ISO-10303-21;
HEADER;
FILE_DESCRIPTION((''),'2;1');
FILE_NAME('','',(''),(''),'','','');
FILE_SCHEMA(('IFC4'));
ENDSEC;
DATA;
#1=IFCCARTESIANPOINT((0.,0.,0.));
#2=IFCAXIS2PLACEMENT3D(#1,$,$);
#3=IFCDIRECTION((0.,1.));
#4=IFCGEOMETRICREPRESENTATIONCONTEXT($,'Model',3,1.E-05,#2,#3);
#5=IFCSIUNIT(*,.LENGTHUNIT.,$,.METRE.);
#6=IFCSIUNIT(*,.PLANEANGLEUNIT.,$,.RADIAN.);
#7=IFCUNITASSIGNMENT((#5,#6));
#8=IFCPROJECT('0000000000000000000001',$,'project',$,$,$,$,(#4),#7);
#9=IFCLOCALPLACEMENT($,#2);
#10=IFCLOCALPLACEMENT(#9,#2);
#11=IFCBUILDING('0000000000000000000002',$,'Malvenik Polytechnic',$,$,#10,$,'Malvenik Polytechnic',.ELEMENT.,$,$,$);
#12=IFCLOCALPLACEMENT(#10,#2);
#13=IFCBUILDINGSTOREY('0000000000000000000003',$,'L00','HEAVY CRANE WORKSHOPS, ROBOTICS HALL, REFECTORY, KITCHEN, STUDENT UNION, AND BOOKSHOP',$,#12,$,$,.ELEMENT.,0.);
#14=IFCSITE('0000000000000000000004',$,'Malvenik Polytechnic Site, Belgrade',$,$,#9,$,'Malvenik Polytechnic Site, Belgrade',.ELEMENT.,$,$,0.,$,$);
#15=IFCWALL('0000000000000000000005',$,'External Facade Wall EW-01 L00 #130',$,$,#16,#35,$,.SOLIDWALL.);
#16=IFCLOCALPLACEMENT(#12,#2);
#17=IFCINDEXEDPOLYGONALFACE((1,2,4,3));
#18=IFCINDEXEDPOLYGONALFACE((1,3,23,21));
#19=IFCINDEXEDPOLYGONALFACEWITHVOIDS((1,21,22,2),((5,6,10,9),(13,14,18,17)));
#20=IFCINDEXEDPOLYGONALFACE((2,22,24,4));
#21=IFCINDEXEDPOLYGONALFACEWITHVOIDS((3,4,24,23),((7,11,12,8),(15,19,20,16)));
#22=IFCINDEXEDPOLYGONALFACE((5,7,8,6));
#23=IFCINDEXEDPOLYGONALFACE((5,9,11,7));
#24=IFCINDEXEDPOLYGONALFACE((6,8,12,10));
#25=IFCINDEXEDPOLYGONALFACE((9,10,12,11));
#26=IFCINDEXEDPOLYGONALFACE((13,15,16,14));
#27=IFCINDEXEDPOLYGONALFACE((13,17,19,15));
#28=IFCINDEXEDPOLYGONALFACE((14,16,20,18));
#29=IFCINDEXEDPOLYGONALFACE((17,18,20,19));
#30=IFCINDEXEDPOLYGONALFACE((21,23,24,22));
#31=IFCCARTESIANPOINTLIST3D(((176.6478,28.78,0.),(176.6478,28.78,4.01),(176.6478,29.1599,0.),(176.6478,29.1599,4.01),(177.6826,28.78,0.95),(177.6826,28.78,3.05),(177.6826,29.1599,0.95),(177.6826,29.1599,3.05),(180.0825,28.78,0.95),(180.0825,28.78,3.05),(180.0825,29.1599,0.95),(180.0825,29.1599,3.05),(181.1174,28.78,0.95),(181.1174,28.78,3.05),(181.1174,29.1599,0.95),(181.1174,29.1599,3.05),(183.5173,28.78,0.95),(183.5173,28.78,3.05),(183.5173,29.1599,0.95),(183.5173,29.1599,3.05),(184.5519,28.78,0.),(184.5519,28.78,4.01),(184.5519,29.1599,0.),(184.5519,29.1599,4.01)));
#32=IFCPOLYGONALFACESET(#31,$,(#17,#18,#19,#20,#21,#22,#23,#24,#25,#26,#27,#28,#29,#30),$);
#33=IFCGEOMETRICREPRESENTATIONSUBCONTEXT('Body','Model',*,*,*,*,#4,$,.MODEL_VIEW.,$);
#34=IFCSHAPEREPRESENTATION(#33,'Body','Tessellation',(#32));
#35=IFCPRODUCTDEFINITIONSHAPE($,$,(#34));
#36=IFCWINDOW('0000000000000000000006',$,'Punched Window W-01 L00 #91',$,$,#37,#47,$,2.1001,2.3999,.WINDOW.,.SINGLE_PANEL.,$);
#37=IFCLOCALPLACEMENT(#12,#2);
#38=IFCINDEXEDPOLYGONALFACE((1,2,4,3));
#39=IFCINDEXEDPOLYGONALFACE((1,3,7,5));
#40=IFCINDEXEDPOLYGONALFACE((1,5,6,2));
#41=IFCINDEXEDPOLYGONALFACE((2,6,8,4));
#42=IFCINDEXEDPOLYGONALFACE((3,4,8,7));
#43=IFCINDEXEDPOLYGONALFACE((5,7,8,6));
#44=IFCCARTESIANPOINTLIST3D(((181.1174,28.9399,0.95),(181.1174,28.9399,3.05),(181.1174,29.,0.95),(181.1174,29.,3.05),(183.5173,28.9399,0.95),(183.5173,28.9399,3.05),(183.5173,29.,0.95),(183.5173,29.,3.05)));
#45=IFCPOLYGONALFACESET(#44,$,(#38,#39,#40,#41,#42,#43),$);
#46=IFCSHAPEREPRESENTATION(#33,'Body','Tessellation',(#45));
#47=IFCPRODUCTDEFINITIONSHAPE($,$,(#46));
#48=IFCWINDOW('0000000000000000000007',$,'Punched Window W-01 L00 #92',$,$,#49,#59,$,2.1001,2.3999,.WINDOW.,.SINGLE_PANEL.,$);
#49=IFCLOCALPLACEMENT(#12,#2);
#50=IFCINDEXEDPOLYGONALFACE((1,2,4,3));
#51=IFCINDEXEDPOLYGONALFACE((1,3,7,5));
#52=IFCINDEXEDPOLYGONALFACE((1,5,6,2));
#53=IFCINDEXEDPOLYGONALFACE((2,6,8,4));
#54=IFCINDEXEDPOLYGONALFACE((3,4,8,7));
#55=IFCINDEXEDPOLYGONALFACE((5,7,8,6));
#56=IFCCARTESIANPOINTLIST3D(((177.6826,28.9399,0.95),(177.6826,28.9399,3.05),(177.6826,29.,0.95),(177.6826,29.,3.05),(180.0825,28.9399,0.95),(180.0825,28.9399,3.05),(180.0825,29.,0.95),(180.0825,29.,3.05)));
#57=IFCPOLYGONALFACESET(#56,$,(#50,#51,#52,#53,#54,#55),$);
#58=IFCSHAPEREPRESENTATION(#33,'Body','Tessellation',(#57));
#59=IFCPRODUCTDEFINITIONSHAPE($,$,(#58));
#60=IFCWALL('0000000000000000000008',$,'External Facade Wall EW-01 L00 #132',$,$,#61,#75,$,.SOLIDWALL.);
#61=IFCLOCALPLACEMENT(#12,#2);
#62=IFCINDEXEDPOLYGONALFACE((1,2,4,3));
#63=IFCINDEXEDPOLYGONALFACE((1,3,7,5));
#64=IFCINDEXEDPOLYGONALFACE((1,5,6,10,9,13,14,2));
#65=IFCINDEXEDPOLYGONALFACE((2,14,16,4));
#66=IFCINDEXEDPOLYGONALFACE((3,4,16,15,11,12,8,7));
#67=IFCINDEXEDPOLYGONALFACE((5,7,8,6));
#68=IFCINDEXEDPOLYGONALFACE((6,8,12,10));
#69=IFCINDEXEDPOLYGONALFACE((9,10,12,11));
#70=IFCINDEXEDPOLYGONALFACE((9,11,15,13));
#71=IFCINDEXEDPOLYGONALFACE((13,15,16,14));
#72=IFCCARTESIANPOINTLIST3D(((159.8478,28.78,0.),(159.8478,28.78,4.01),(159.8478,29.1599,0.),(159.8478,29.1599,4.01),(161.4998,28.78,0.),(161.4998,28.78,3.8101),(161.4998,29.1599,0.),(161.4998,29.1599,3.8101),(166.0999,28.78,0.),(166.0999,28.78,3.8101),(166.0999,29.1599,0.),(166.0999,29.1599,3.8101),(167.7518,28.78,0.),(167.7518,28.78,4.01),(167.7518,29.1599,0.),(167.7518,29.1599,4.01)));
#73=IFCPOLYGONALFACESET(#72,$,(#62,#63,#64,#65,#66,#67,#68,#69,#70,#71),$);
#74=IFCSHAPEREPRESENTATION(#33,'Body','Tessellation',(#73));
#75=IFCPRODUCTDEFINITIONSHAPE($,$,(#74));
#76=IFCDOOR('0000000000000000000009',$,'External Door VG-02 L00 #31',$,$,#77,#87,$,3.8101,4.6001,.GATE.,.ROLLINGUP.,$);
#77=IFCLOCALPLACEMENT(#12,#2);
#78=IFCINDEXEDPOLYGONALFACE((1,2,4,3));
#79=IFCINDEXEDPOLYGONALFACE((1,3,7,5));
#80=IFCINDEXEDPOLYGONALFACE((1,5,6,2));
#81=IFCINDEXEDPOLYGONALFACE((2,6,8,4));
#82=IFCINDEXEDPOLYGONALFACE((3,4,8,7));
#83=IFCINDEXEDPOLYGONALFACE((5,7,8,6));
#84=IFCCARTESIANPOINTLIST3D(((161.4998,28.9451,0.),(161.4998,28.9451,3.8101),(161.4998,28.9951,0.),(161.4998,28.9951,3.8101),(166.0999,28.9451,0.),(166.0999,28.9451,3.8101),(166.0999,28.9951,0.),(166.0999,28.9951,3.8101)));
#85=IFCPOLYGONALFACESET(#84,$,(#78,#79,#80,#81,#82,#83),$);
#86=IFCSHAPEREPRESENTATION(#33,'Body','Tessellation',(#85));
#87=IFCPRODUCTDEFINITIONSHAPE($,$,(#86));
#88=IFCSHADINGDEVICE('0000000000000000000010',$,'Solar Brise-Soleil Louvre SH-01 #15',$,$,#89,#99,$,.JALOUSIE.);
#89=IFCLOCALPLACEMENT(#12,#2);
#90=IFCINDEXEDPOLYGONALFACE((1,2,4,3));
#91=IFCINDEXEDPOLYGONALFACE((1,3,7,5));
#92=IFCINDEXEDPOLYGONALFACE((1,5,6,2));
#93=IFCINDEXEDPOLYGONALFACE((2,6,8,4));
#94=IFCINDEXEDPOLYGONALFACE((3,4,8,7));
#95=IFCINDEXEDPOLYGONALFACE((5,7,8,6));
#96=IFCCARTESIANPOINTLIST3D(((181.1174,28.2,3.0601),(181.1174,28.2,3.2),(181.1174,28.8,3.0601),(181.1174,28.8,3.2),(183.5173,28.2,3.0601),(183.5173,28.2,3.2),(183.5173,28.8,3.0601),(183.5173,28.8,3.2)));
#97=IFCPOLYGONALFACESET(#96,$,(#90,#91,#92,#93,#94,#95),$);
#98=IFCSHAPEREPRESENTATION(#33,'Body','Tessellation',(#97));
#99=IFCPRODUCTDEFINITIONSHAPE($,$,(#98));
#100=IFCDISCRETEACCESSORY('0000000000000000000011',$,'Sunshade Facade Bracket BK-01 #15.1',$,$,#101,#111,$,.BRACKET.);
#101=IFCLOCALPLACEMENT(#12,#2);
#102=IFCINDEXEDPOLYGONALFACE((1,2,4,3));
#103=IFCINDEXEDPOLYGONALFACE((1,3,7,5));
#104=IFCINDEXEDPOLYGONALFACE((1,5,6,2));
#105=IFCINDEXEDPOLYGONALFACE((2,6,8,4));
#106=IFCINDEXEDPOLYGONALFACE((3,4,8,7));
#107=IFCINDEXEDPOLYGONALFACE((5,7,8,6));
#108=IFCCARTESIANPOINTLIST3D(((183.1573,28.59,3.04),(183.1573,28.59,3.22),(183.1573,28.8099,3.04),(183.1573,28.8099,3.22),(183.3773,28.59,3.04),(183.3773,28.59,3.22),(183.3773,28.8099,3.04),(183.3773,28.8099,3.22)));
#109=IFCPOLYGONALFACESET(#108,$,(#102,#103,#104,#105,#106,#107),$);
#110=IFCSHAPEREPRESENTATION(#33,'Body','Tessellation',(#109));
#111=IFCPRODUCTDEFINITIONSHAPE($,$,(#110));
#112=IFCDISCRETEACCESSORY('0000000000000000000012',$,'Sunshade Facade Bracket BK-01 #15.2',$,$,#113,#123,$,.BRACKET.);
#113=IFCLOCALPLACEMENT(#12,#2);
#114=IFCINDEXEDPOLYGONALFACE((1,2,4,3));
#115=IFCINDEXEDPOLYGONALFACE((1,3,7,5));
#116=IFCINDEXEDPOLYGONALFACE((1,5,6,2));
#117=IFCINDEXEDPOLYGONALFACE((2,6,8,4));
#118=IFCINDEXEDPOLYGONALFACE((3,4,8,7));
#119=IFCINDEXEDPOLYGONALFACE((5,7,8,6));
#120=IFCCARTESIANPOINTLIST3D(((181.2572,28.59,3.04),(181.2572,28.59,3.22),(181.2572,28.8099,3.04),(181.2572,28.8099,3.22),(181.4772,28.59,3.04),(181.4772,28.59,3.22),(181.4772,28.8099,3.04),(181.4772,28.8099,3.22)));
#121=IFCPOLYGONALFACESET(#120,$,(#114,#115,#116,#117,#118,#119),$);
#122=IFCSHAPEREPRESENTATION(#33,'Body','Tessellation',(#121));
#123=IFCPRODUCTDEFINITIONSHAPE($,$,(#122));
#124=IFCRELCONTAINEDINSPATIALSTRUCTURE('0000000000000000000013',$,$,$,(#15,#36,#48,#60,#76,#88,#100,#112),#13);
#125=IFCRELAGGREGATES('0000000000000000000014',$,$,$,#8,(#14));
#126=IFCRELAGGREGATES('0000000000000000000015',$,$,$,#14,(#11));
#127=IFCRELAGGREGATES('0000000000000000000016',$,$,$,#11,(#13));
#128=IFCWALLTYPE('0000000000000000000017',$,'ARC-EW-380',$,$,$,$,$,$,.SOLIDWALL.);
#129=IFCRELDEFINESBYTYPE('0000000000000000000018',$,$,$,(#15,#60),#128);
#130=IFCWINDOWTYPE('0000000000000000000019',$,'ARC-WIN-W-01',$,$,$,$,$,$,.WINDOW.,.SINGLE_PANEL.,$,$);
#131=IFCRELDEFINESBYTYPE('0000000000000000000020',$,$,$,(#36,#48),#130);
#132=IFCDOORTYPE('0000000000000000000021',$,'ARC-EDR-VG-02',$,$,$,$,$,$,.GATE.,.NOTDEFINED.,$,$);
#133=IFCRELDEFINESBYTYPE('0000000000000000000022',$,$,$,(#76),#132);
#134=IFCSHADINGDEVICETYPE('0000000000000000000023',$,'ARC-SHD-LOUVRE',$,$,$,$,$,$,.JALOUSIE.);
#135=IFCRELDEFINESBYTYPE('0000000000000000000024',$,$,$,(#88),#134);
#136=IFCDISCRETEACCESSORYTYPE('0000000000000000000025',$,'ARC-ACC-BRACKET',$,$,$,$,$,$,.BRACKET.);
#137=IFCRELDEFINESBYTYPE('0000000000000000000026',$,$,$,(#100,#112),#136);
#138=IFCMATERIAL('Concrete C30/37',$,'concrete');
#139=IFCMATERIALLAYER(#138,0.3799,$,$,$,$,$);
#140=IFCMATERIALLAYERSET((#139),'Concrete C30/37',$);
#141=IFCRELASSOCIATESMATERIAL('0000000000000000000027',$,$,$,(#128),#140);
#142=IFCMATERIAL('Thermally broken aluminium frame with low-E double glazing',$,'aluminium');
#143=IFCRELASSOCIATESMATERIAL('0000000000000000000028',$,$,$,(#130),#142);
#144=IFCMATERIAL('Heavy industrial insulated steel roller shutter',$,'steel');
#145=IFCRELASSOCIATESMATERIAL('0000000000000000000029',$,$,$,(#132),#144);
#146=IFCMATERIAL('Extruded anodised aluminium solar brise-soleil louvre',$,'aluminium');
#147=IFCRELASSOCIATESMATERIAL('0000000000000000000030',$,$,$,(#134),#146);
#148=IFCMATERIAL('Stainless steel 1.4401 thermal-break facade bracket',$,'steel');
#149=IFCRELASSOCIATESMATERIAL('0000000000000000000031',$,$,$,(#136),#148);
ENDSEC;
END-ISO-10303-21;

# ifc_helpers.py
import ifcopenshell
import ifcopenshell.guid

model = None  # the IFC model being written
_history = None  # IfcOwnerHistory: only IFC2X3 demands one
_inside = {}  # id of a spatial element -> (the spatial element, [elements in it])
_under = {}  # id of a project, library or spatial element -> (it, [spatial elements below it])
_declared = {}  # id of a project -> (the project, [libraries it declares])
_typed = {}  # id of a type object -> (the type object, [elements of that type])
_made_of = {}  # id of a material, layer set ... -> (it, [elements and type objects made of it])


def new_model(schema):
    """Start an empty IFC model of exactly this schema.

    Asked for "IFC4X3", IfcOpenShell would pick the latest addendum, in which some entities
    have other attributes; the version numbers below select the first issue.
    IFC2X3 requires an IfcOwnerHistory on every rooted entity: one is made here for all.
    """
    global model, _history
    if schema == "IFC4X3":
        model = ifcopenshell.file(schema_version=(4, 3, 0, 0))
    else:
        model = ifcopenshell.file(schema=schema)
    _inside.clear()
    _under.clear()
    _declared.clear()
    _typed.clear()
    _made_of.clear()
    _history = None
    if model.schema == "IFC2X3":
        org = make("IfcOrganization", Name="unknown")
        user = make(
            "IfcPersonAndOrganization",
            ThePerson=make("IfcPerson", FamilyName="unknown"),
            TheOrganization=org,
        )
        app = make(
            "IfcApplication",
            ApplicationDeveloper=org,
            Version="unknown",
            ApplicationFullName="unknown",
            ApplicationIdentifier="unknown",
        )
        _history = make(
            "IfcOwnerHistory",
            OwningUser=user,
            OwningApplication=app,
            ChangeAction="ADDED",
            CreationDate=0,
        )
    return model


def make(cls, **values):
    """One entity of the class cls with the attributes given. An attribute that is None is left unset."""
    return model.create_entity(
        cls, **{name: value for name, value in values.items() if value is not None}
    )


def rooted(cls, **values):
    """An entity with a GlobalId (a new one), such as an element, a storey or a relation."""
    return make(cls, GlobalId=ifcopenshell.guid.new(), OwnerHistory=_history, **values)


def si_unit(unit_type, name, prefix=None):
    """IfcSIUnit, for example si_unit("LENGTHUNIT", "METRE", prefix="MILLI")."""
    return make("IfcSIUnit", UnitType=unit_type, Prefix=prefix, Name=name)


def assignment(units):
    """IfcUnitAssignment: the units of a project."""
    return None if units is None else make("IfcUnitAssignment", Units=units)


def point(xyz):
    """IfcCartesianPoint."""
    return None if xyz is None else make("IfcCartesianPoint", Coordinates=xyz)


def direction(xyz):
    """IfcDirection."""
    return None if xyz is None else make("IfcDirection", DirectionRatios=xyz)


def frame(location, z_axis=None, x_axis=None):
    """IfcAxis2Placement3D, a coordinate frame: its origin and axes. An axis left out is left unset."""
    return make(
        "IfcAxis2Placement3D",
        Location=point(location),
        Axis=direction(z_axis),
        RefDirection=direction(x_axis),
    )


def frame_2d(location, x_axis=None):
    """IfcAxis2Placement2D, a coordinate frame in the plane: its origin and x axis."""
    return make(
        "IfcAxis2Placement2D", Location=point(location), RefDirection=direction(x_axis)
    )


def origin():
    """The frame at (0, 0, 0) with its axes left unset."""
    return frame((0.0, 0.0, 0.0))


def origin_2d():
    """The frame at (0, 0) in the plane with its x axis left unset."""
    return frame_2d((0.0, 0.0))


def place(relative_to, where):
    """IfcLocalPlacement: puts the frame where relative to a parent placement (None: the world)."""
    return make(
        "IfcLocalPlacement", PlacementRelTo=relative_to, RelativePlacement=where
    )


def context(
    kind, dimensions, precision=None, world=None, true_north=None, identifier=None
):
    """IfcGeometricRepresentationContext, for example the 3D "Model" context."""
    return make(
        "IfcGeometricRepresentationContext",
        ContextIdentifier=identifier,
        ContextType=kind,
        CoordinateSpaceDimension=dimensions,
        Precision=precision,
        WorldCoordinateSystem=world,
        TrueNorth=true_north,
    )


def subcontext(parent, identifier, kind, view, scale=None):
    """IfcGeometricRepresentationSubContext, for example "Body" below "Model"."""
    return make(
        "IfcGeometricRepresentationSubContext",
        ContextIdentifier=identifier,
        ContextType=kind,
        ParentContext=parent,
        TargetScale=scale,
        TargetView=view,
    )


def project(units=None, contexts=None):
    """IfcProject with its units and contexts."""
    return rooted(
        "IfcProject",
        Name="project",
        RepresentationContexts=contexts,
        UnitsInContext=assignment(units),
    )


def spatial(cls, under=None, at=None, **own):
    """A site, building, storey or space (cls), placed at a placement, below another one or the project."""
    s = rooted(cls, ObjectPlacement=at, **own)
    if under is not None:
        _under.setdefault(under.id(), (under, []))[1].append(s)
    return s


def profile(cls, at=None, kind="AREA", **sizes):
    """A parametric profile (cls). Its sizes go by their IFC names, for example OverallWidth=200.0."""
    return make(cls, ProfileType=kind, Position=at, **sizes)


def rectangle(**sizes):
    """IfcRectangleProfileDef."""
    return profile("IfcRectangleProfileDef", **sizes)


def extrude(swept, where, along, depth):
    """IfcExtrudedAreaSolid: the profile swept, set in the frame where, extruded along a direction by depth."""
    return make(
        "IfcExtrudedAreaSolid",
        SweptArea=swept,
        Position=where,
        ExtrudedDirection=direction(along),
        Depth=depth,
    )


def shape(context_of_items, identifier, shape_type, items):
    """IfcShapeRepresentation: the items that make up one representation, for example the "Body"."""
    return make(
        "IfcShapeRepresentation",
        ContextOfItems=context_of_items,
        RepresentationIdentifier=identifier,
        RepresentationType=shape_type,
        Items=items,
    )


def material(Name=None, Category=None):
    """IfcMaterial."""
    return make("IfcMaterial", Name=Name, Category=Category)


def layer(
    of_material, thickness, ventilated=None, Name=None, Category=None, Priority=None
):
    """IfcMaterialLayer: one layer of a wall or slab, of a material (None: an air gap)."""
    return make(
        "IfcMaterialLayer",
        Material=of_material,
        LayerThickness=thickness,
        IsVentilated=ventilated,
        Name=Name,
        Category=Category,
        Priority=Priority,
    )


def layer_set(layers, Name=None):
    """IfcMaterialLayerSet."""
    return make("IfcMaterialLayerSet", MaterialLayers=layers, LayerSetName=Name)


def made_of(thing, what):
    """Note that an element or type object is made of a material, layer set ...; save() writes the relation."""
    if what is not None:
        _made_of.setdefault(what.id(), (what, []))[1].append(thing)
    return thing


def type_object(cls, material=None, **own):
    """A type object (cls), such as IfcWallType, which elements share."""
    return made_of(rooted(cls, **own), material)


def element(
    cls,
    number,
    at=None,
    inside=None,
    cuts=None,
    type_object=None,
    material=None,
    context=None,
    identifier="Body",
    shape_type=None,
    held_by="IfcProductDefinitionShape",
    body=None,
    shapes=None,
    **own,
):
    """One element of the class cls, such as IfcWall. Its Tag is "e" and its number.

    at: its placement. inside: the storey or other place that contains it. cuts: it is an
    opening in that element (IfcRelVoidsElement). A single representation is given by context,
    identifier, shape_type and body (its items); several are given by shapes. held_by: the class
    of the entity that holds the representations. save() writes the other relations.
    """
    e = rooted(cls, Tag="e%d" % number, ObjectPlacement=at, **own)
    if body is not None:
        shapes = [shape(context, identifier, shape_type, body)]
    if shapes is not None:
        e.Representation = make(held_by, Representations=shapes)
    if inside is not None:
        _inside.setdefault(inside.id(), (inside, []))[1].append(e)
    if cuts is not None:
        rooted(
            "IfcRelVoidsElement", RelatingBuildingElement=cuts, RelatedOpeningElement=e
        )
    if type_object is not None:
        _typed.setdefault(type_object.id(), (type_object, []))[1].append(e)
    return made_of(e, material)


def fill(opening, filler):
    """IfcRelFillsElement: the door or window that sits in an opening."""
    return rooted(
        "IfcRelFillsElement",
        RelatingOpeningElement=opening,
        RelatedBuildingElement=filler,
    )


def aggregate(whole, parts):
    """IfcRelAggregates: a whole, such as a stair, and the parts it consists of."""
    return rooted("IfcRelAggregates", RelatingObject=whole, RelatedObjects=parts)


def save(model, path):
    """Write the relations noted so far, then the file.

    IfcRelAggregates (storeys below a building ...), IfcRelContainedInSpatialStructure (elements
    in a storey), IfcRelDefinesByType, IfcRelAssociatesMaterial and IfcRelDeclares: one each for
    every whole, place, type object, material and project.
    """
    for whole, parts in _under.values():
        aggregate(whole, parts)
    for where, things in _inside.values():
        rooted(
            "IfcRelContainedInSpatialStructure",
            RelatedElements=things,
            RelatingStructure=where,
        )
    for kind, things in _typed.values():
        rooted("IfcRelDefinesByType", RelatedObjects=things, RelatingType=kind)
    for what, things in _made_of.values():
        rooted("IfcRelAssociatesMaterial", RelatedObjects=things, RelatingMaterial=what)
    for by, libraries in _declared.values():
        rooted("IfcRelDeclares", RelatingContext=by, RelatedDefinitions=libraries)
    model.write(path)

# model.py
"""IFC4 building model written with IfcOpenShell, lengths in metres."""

from ifc_helpers import new_model, si_unit, direction, frame, frame_2d, origin, origin_2d, place, context, subcontext, project, spatial, rectangle, extrude, material, layer, layer_set, type_object, element, fill, save


model = new_model("IFC4")

# Units and contexts
model_context = context("Model", 3, precision=1e-05, world=origin(), true_north=direction((0.0, 1.0)))
body_context = subcontext(model_context, "Body", "Model", "MODEL_VIEW")
ifc_project = project(units=[si_unit("LENGTHUNIT", "METRE"), si_unit("PLANEANGLEUNIT", "RADIAN")], contexts=[model_context])

# Site, building, storey
site_placement = place(None, origin())
site = spatial("IfcSite", under=ifc_project, at=site_placement, Name="Malvenik Polytechnic Site, Belgrade", LongName="Malvenik Polytechnic Site, Belgrade", CompositionType="ELEMENT", RefElevation=0.0)
building_placement = place(site_placement, origin())
building = spatial("IfcBuilding", under=site, at=building_placement, Name="Malvenik Polytechnic", LongName="Malvenik Polytechnic", CompositionType="ELEMENT")
storey_placement = place(building_placement, origin())
storey = spatial("IfcBuildingStorey", under=building, at=storey_placement, Name="L00", Description="HEAVY CRANE WORKSHOPS, ROBOTICS HALL, REFECTORY, KITCHEN, STUDENT UNION, AND BOOKSHOP", CompositionType="ELEMENT", Elevation=0.0)

# Shared definitions
ifc_material_1 = material(Name="Concrete C30/37", Category="concrete")

# Shared definitions
ifc_layer_1 = layer(ifc_material_1, 0.3799)
ifc_layer_set_1 = layer_set([ifc_layer_1], Name="Concrete C30/37")
wall_type_1 = type_object("IfcWallType", Name="ARC-EW-380", PredefinedType="SOLIDWALL", material=ifc_layer_set_1)

# Wall, openings, windows
wall_1_placement = place(storey_placement, frame((184.552, 28.97, 0.0), z_axis=(0.0, 0.0, 1.0), x_axis=(-1.0, 0.0, 0.0)))
wall_1 = element("IfcWall", 1, at=wall_1_placement, inside=storey, type_object=wall_type_1, Name="External Facade Wall EW-01 L00 #130", PredefinedType="SOLIDWALL", context=body_context, shape_type="SweptSolid", body=[
    extrude(rectangle(XDim=7.9041, YDim=0.3799, at=frame_2d((3.9521, 0.0))), origin(), (0.0, 0.0, 1.0), 4.01),
])
opening_1_placement = place(wall_1_placement, frame((1.0347, 0.0, 0.95)))
opening_1 = element("IfcOpeningElement", 2, at=opening_1_placement, cuts=wall_1, PredefinedType="OPENING", context=body_context, shape_type="SweptSolid", body=[
    extrude(rectangle(XDim=2.3999, YDim=2.1001, at=frame_2d((1.2, 1.05))), frame((0.0, 0.2, 0.0), z_axis=(0.0, -1.0, 0.0), x_axis=(1.0, 0.0, 0.0)), (0.0, 0.0, 1.0), 0.3999),
])
opening_2_placement = place(wall_1_placement, frame((4.4695, 0.0, 0.95)))
opening_2 = element("IfcOpeningElement", 3, at=opening_2_placement, cuts=wall_1, PredefinedType="OPENING", context=body_context, shape_type="SweptSolid", body=[
    extrude(rectangle(XDim=2.3999, YDim=2.1001, at=frame_2d((1.2, 1.05))), frame((0.0, 0.2, 0.0), z_axis=(0.0, -1.0, 0.0), x_axis=(1.0, 0.0, 0.0)), (0.0, 0.0, 1.0), 0.3999),
])
ifc_material_2 = material(Name="Thermally broken aluminium frame with low-E double glazing", Category="aluminium")
window_type = type_object("IfcWindowType", Name="ARC-WIN-W-01", PartitioningType="SINGLE_PANEL", PredefinedType="WINDOW", material=ifc_material_2)
window_1_placement = place(opening_1_placement, origin())
window_1 = element("IfcWindow", 4, at=window_1_placement, inside=storey, type_object=window_type, Name="Punched Window W-01 L00 #91", OverallHeight=2.1001, OverallWidth=2.3999, PartitioningType="SINGLE_PANEL", PredefinedType="WINDOW", context=body_context, shape_type="SweptSolid", body=[
    extrude(rectangle(XDim=2.3999, YDim=2.1001, at=frame_2d((1.2, 1.05))), frame((0.0, 0.03, 0.0), z_axis=(0.0, -1.0, 0.0), x_axis=(1.0, 0.0, 0.0)), (0.0, 0.0, 1.0), 0.0601),
])
fill(opening_1, window_1)
window_2_placement = place(opening_2_placement, origin())
window_2 = element("IfcWindow", 5, at=window_2_placement, inside=storey, type_object=window_type, Name="Punched Window W-01 L00 #92", OverallHeight=2.1001, OverallWidth=2.3999, PartitioningType="SINGLE_PANEL", PredefinedType="WINDOW", context=body_context, shape_type="SweptSolid", body=[
    extrude(rectangle(XDim=2.3999, YDim=2.1001, at=frame_2d((1.2, 1.05))), frame((0.0, 0.03, 0.0), z_axis=(0.0, -1.0, 0.0), x_axis=(1.0, 0.0, 0.0)), (0.0, 0.0, 1.0), 0.0601),
])
fill(opening_2, window_2)

# Wall, opening, door
wall_2_placement = place(storey_placement, frame((167.752, 28.97, 0.0), z_axis=(0.0, 0.0, 1.0), x_axis=(-1.0, 0.0, 0.0)))
wall_2 = element("IfcWall", 6, at=wall_2_placement, inside=storey, type_object=wall_type_1, Name="External Facade Wall EW-01 L00 #132", PredefinedType="SOLIDWALL", context=body_context, shape_type="SweptSolid", body=[
    extrude(rectangle(XDim=7.9041, YDim=0.3799, at=frame_2d((3.9521, 0.0))), origin(), (0.0, 0.0, 1.0), 4.01),
])
opening_3_placement = place(wall_2_placement, frame((1.6521, 0.0, 0.0)))
opening_3 = element("IfcOpeningElement", 7, at=opening_3_placement, cuts=wall_2, PredefinedType="OPENING", context=body_context, shape_type="SweptSolid", body=[
    extrude(rectangle(XDim=4.6001, YDim=3.8101, at=frame_2d((2.3, 1.905))), frame((0.0, 0.2, 0.0), z_axis=(0.0, -1.0, 0.0), x_axis=(1.0, 0.0, 0.0)), (0.0, 0.0, 1.0), 0.3999),
])
ifc_material_3 = material(Name="Heavy industrial insulated steel roller shutter", Category="steel")
door_type_1 = type_object("IfcDoorType", Name="ARC-EDR-VG-02", OperationType="NOTDEFINED", PredefinedType="GATE", material=ifc_material_3)
door_1_placement = place(opening_3_placement, origin())
door_1 = element("IfcDoor", 8, at=door_1_placement, inside=storey, type_object=door_type_1, Name="External Door VG-02 L00 #31", OperationType="ROLLINGUP", OverallHeight=3.8101, OverallWidth=4.6001, PredefinedType="GATE", context=body_context, shape_type="SweptSolid", body=[
    extrude(rectangle(XDim=4.6001, YDim=3.8101, at=frame_2d((2.3, 1.905))), frame((0.0, 0.0249, 0.0), z_axis=(0.0, -1.0, 0.0), x_axis=(1.0, 0.0, 0.0)), (0.0, 0.0, 1.0), 0.05),
])
fill(opening_3, door_1)

# Shading device
ifc_material_4 = material(Name="Extruded anodised aluminium solar brise-soleil louvre", Category="aluminium")
shading_device_type = type_object("IfcShadingDeviceType", Name="ARC-SHD-LOUVRE", PredefinedType="JALOUSIE", material=ifc_material_4)
shading_device_placement = place(storey_placement, frame((182.3174, 28.5, 3.0601), z_axis=(0.0, 0.0, 1.0), x_axis=(1.0, 0.0, 0.0)))
element("IfcShadingDevice", 9, at=shading_device_placement, inside=storey, type_object=shading_device_type, Name="Solar Brise-Soleil Louvre SH-01 #15", PredefinedType="JALOUSIE", context=body_context, shape_type="SweptSolid", body=[
    extrude(rectangle(XDim=2.3999, YDim=0.6001, at=origin_2d()), origin(), (0.0, 0.0, 1.0), 0.1399),
])

# Discrete accessories
ifc_material_5 = material(Name="Stainless steel 1.4401 thermal-break facade bracket", Category="steel")
discrete_accessory_type = type_object("IfcDiscreteAccessoryType", Name="ARC-ACC-BRACKET", PredefinedType="BRACKET", material=ifc_material_5)
for number, where, z_axis, x_axis, name in (
    (10, (183.2673, 28.7, 3.04), (0.0, 0.0, 1.0), (1.0, 0.0, 0.0), "Sunshade Facade Bracket BK-01 #15.1"),
    (11, (181.3672, 28.7, 3.04), (0.0, 0.0, 1.0), (1.0, 0.0, 0.0), "Sunshade Facade Bracket BK-01 #15.2"),
):
    element("IfcDiscreteAccessory", number, at=place(storey_placement, frame(where, z_axis=z_axis, x_axis=x_axis)), inside=storey, type_object=discrete_accessory_type, Name=name, PredefinedType="BRACKET", context=body_context, shape_type="SweptSolid", body=[
        extrude(rectangle(XDim=0.22, YDim=0.22, at=origin_2d()), origin(), (0.0, 0.0, 1.0), 0.1799),
    ])

save(model, "model.ifc")
